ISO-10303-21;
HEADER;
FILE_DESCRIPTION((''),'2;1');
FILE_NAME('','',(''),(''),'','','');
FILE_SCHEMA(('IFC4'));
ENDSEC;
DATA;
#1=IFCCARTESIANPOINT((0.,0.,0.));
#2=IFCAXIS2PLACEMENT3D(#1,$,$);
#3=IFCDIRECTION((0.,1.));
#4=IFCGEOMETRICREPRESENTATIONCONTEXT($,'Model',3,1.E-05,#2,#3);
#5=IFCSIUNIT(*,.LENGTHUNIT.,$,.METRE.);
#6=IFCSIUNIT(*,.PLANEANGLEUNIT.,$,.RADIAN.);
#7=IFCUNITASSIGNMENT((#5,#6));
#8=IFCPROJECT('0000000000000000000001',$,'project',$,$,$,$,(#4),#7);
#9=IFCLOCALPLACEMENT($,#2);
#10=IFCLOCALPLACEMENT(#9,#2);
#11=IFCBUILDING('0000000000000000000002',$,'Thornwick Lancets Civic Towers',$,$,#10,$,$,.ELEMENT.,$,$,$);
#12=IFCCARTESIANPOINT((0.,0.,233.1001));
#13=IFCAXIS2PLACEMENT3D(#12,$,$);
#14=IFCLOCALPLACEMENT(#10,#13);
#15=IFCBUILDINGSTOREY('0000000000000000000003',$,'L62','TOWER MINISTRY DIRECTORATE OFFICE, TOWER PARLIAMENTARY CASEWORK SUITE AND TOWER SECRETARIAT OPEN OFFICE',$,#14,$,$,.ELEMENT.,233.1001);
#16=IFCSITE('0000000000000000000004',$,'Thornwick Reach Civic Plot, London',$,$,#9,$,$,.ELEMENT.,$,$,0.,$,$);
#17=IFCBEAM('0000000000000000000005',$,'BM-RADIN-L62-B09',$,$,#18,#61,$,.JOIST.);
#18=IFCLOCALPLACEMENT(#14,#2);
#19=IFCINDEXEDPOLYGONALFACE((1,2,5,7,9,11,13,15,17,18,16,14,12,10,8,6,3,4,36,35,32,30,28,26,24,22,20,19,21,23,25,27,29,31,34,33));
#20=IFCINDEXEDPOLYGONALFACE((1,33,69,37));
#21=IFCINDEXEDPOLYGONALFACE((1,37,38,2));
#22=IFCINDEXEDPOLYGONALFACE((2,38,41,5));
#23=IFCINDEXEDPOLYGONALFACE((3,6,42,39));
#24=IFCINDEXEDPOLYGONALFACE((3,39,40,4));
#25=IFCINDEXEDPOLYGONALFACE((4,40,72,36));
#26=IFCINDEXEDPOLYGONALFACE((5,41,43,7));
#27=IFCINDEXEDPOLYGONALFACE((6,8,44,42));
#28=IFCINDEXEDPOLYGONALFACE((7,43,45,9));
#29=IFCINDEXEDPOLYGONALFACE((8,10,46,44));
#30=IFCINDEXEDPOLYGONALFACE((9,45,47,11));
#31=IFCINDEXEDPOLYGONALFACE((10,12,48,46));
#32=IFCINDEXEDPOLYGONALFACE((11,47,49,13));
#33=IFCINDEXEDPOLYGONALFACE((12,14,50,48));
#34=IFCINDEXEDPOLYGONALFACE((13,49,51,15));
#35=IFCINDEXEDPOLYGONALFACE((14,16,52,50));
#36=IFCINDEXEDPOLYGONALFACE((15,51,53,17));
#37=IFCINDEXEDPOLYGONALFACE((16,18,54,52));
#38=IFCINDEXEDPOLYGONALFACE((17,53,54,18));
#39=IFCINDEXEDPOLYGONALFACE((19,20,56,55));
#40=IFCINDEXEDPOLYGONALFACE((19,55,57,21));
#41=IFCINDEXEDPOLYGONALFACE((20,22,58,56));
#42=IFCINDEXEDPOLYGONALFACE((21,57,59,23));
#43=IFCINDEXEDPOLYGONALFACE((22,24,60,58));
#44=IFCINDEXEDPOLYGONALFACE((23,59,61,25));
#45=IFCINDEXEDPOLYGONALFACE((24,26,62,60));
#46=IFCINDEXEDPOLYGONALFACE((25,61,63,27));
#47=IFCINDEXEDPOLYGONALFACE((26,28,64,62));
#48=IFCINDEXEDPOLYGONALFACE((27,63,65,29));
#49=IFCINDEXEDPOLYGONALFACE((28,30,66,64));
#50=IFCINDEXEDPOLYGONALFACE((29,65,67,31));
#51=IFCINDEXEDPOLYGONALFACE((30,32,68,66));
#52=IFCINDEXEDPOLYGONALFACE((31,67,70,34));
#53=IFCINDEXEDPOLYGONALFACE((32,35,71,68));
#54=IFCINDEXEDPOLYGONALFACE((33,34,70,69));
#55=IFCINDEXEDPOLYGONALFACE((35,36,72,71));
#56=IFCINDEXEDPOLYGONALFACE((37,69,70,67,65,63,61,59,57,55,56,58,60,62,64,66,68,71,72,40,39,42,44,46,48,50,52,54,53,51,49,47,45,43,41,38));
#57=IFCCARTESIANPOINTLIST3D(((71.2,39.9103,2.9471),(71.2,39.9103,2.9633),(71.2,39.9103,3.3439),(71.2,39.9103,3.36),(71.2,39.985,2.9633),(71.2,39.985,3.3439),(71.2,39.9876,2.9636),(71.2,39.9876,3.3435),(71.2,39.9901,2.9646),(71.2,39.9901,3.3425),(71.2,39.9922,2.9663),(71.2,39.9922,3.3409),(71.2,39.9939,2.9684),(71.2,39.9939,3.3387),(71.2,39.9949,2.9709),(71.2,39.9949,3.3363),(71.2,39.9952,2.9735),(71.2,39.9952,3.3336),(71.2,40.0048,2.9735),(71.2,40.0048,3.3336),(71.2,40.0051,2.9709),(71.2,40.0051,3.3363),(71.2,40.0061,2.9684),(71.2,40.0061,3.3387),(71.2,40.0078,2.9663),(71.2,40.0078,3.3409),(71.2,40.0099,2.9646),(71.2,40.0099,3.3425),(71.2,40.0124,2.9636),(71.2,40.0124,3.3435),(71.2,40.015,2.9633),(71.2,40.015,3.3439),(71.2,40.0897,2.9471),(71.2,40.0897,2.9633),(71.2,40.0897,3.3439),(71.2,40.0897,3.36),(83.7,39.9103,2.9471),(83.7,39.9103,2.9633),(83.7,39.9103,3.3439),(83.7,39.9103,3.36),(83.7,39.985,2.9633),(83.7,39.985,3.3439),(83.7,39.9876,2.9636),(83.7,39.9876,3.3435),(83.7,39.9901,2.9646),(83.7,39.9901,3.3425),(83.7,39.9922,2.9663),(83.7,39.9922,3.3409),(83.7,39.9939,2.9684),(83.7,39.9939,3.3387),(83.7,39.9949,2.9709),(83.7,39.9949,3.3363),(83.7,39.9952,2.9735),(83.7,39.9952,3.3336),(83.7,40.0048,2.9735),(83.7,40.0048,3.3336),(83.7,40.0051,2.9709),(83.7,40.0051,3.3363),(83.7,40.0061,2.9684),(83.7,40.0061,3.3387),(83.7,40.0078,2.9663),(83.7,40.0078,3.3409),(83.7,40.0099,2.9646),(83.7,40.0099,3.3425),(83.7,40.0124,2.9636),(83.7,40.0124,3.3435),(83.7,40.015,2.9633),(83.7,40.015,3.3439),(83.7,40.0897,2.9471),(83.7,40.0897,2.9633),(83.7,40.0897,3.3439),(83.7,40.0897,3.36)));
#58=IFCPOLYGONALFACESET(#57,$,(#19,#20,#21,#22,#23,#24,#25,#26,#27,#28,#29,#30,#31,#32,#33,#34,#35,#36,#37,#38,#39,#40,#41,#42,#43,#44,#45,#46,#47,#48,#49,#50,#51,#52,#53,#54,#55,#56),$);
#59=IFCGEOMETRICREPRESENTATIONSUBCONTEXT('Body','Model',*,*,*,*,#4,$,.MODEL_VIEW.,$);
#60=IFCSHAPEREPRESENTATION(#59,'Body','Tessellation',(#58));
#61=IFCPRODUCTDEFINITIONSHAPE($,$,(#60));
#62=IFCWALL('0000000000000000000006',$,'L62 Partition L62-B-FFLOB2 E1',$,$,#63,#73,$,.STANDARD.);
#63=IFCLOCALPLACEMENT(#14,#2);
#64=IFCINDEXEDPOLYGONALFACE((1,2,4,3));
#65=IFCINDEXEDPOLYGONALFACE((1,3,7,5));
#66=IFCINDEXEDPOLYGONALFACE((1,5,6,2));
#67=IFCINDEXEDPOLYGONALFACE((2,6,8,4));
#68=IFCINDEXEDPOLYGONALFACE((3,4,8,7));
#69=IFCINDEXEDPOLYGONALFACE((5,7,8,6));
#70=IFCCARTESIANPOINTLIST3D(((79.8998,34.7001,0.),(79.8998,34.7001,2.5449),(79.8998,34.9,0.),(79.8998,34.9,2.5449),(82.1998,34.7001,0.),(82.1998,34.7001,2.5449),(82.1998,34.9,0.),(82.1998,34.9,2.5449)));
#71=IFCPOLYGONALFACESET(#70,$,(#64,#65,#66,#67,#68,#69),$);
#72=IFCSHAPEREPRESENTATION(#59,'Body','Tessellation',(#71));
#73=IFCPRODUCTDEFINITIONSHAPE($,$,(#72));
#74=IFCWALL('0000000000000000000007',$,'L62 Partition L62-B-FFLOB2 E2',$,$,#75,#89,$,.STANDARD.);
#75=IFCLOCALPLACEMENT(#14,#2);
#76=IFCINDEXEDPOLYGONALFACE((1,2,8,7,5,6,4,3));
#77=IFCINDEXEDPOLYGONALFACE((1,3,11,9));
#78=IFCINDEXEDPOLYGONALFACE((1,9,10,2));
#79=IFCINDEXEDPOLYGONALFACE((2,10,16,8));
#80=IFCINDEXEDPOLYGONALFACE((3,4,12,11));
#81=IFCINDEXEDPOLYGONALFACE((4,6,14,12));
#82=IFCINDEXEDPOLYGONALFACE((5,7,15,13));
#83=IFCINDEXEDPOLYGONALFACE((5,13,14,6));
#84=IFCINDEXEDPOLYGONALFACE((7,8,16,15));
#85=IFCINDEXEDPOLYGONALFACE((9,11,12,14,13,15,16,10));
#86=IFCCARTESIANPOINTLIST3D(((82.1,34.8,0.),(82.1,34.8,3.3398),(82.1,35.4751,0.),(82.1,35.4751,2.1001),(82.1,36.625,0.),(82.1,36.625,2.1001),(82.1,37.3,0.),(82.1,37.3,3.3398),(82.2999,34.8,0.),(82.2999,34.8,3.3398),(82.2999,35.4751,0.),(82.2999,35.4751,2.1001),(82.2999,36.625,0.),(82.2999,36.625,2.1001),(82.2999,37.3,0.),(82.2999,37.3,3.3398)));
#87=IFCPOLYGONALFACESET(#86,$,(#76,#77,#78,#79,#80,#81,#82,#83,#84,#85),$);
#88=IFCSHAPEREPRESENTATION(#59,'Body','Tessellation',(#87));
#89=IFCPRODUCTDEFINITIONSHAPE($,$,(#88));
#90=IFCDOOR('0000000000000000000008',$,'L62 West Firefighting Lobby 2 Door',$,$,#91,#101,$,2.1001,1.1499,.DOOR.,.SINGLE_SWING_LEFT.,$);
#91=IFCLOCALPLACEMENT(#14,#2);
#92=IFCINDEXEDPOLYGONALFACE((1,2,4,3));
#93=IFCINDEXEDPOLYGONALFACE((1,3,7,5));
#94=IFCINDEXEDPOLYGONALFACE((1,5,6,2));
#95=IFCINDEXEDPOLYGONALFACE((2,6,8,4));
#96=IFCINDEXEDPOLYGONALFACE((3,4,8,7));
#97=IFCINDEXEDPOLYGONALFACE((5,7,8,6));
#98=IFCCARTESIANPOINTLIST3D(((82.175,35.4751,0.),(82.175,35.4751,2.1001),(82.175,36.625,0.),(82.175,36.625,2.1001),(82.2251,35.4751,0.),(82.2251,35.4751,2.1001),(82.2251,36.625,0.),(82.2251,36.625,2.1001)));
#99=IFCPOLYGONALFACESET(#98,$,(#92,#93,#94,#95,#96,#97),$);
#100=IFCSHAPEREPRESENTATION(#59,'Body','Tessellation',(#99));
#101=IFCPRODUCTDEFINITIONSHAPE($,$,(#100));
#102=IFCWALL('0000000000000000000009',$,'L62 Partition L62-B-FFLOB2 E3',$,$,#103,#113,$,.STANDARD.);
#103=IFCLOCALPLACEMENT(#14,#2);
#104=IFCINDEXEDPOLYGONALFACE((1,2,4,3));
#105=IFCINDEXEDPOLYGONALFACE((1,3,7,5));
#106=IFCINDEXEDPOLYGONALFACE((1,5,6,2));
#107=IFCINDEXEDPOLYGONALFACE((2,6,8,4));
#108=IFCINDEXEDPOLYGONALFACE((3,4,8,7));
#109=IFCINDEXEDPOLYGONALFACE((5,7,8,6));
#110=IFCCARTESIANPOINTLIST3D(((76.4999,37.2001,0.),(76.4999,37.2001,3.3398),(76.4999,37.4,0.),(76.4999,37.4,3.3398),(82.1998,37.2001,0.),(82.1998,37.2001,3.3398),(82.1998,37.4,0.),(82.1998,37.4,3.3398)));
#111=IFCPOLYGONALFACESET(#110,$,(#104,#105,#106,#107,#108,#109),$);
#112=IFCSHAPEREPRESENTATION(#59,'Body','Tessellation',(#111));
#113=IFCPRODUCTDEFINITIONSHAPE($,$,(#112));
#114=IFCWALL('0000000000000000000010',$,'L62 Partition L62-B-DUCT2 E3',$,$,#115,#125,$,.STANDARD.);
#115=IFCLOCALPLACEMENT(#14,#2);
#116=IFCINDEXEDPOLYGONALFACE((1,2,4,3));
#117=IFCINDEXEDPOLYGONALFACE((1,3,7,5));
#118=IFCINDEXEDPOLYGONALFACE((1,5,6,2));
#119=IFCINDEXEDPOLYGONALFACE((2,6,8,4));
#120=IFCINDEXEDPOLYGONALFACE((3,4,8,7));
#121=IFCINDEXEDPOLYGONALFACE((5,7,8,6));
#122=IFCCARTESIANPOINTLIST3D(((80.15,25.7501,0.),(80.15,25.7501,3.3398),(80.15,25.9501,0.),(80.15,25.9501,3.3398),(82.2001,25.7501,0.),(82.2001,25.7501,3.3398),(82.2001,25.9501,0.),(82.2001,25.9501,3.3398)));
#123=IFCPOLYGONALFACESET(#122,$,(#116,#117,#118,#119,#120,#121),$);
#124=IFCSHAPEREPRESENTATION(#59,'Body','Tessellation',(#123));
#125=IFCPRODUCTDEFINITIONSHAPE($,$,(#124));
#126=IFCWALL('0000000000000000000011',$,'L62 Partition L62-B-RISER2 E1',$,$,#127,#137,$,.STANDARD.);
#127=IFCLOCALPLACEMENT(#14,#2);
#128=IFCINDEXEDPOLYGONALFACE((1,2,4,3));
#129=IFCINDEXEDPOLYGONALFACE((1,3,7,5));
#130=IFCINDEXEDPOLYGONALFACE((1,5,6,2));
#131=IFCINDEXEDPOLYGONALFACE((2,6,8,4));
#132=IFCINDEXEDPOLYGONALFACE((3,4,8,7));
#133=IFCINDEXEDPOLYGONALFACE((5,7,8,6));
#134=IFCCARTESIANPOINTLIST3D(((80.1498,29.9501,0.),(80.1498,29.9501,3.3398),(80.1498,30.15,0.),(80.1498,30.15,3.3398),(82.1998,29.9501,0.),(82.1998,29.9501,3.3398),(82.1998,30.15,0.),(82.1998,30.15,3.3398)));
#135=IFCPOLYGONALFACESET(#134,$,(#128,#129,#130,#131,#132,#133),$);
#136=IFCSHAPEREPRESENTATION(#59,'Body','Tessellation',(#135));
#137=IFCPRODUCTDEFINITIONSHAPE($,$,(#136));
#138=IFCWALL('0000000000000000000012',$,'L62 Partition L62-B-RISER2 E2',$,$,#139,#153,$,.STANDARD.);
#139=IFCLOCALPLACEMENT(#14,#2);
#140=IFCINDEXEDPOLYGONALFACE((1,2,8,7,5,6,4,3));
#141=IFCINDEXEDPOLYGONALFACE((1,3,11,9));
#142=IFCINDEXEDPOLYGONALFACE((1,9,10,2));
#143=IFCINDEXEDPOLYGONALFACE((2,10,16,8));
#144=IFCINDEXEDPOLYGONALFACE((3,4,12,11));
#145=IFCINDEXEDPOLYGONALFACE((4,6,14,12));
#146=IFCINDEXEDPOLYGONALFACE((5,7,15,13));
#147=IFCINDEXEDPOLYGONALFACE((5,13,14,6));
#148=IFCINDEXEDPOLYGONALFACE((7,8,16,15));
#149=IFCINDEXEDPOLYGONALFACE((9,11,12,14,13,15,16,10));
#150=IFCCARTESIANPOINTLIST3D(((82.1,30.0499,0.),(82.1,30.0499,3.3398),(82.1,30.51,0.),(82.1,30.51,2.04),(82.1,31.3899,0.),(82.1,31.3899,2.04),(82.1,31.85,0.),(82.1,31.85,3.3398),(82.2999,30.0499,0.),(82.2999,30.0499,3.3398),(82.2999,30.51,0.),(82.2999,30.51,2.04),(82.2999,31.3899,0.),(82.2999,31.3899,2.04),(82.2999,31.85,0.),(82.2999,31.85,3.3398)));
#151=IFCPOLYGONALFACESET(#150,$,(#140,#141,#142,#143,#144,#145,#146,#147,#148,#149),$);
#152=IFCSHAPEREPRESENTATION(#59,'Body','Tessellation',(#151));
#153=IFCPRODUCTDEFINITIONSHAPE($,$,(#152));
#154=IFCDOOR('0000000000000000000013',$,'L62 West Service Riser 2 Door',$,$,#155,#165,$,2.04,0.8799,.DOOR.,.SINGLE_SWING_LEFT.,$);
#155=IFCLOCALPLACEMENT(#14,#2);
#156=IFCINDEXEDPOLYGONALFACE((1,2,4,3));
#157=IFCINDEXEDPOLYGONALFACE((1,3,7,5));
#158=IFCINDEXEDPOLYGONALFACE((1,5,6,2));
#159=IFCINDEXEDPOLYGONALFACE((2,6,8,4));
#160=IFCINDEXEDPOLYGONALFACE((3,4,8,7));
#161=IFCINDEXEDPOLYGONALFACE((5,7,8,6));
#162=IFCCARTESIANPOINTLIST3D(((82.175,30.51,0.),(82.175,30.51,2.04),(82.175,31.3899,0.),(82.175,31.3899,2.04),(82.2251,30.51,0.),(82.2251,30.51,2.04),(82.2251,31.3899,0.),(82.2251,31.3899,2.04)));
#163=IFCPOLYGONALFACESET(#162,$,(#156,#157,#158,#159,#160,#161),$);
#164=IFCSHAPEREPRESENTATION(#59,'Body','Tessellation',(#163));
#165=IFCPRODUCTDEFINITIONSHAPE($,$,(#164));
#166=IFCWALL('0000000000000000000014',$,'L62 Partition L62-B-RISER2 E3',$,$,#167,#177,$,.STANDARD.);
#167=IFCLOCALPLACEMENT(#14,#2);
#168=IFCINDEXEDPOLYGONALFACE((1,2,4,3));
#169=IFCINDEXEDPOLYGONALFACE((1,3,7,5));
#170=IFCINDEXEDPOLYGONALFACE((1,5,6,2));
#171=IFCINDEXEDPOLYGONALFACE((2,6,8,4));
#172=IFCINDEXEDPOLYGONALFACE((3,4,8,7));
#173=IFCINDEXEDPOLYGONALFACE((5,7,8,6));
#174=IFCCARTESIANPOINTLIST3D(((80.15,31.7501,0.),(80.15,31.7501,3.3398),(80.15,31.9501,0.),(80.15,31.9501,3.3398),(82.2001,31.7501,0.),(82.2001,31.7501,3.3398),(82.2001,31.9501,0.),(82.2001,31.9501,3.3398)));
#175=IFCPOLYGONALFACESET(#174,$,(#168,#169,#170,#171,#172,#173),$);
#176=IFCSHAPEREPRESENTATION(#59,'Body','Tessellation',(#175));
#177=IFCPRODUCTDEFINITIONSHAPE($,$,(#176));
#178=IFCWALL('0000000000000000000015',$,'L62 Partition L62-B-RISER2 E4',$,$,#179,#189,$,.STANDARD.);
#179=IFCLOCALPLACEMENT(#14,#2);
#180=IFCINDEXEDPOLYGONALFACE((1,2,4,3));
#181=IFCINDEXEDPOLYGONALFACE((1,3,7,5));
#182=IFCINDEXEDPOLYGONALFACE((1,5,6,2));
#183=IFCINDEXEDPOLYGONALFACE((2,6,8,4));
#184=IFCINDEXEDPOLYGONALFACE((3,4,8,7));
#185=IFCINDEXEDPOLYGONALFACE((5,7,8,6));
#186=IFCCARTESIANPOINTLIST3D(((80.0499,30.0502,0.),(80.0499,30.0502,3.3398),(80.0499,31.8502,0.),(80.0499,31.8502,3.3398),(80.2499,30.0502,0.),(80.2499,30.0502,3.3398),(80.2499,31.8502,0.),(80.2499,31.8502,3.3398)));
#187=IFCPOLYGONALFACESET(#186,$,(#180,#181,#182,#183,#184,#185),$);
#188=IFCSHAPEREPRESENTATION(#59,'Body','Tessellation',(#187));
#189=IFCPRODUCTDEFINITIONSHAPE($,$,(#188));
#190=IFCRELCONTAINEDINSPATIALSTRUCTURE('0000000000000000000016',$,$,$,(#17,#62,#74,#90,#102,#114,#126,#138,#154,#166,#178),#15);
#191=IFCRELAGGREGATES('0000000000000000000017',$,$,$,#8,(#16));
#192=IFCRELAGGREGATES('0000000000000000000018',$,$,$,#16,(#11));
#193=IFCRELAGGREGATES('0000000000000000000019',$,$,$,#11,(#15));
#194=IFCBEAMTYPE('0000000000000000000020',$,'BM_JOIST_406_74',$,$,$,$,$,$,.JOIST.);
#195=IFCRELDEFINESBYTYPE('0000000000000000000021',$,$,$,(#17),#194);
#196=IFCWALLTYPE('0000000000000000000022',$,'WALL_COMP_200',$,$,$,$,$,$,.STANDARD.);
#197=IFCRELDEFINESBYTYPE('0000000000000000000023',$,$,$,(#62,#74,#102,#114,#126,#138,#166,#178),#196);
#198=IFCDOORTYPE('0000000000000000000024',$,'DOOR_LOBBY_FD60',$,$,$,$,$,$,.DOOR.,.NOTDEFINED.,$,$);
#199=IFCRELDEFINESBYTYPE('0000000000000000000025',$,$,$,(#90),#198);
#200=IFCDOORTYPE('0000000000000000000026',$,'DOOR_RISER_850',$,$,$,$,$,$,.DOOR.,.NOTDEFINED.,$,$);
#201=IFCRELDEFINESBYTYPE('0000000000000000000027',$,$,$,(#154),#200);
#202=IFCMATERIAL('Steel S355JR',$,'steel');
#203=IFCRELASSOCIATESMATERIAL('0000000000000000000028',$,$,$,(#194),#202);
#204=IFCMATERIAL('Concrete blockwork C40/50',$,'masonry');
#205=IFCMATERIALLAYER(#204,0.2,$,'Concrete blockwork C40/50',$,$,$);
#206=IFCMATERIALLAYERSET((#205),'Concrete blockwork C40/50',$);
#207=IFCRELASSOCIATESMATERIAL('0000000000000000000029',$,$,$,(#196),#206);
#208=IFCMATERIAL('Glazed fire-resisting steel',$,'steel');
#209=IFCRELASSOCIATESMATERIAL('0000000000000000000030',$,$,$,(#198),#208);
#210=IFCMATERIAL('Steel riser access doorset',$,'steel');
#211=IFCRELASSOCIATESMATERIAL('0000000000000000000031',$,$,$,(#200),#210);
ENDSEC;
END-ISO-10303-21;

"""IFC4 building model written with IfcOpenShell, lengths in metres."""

from ifc_helpers import new_model, si_unit, direction, frame, frame_2d, origin, origin_2d, place, context, subcontext, project, spatial, rectangle, i_section, extrude, material, layer, layer_set, material_profile, profile_set, type_object, element, fill, save


model = new_model("IFC4")

# Units and contexts
model_context = context("Model", 3, precision=1e-05, world=origin(), true_north=direction((0.0, 1.0)))
body_context = subcontext(model_context, "Body", "Model", "MODEL_VIEW")
ifc_project = project(units=[si_unit("LENGTHUNIT", "METRE"), si_unit("PLANEANGLEUNIT", "RADIAN")], contexts=[model_context])

# Site, building, storey
site_placement = place(None, origin())
site = spatial("IfcSite", under=ifc_project, at=site_placement, Name="Thornwick Reach Civic Plot, London", CompositionType="ELEMENT", RefElevation=0.0)
building_placement = place(site_placement, origin())
building = spatial("IfcBuilding", under=site, at=building_placement, Name="Thornwick Lancets Civic Towers", CompositionType="ELEMENT")
storey_placement = place(building_placement, frame((0.0, 0.0, 233.1001)))
storey = spatial("IfcBuildingStorey", under=building, at=storey_placement, Name="L62", Description="TOWER MINISTRY DIRECTORATE OFFICE, TOWER PARLIAMENTARY CASEWORK SUITE AND TOWER SECRETARIAT OPEN OFFICE", CompositionType="ELEMENT", Elevation=233.1001)

# Beam
ifc_material_1 = material(Name="Steel S355JR", Category="steel")
ifc_material_profile_1 = material_profile(ifc_material_1, i_section(OverallWidth=0.1794, OverallDepth=0.4128, WebThickness=0.0095, FlangeThickness=0.0161, FilletRadius=0.0103, at=origin_2d()), Name="UKB 406x178x74")
ifc_profile_set_1 = profile_set([ifc_material_profile_1], Name="Steel S355JR")
beam_type_1 = type_object("IfcBeamType", Name="BM_JOIST_406_74", PredefinedType="JOIST", material=ifc_profile_set_1)
beam_1_placement = place(storey_placement, frame((83.7, 40.0, 3.1536), z_axis=(-1.0, 0.0, 0.0), x_axis=(0.0, -1.0, 0.0)))
element("IfcBeam", 1, at=beam_1_placement, inside=storey, type_object=beam_type_1, Name="BM-RADIN-L62-B09", PredefinedType="JOIST", context=body_context, shape_type="SweptSolid", body=[
    extrude(i_section(OverallWidth=0.1794, OverallDepth=0.4128, WebThickness=0.0095, FlangeThickness=0.0161, FilletRadius=0.0103, at=origin_2d()), origin(), (0.0, 0.0, 1.0), 12.5),
])

# Wall
ifc_material_2 = material(Name="Concrete blockwork C40/50", Category="masonry")
ifc_layer_1 = layer(ifc_material_2, 0.2, Name="Concrete blockwork C40/50")
ifc_layer_set_1 = layer_set([ifc_layer_1], Name="Concrete blockwork C40/50")
wall_type_1 = type_object("IfcWallType", Name="WALL_COMP_200", PredefinedType="STANDARD", material=ifc_layer_set_1)
wall_1_placement = place(storey_placement, frame((79.8999, 34.8, 0.0), z_axis=(0.0, 0.0, 1.0), x_axis=(1.0, 0.0, 0.0)))
element("IfcWall", 2, at=wall_1_placement, inside=storey, type_object=wall_type_1, Name="L62 Partition L62-B-FFLOB2 E1", PredefinedType="STANDARD", context=body_context, shape_type="SweptSolid", body=[
    extrude(rectangle(XDim=2.3, YDim=0.2, at=frame_2d((1.1499, 0.0))), origin(), (0.0, 0.0, 1.0), 2.5449),
])

# Wall, opening, door
wall_2_placement = place(storey_placement, frame((82.2, 34.8, 0.0), z_axis=(0.0, 0.0, 1.0), x_axis=(0.0, 1.0, 0.0)))
wall_2 = element("IfcWall", 3, at=wall_2_placement, inside=storey, type_object=wall_type_1, Name="L62 Partition L62-B-FFLOB2 E2", PredefinedType="STANDARD", context=body_context, shape_type="SweptSolid", body=[
    extrude(rectangle(XDim=2.5, YDim=0.2, at=frame_2d((1.25, 0.0))), origin(), (0.0, 0.0, 1.0), 3.3398),
])
opening_1_placement = place(wall_2_placement, frame((0.675, 0.0, 0.0)))
opening_1 = element("IfcOpeningElement", 4, at=opening_1_placement, cuts=wall_2, PredefinedType="OPENING", context=body_context, shape_type="SweptSolid", body=[
    extrude(rectangle(XDim=1.1499, YDim=2.1001, at=frame_2d((0.575, 1.05))), frame((0.0, 0.1099, 0.0), z_axis=(0.0, -1.0, 0.0), x_axis=(1.0, 0.0, 0.0)), (0.0, 0.0, 1.0), 0.22),
])
ifc_material_3 = material(Name="Glazed fire-resisting steel", Category="steel")
door_type_1 = type_object("IfcDoorType", Name="DOOR_LOBBY_FD60", OperationType="NOTDEFINED", PredefinedType="DOOR", material=ifc_material_3)
door_1_placement = place(opening_1_placement, origin())
door_1 = element("IfcDoor", 5, at=door_1_placement, inside=storey, type_object=door_type_1, Name="L62 West Firefighting Lobby 2 Door", OperationType="SINGLE_SWING_LEFT", OverallHeight=2.1001, OverallWidth=1.1499, PredefinedType="DOOR", context=body_context, shape_type="SweptSolid", body=[
    extrude(rectangle(XDim=1.1499, YDim=2.1001, at=frame_2d((0.575, 1.05))), frame((0.0, 0.0249, 0.0), z_axis=(0.0, -1.0, 0.0), x_axis=(1.0, 0.0, 0.0)), (0.0, 0.0, 1.0), 0.05),
])
fill(opening_1, door_1)

# Walls
wall_3_placement = place(storey_placement, frame((82.2, 37.3, 0.0), z_axis=(0.0, 0.0, 1.0), x_axis=(-1.0, 0.0, 0.0)))
element("IfcWall", 6, at=wall_3_placement, inside=storey, type_object=wall_type_1, Name="L62 Partition L62-B-FFLOB2 E3", PredefinedType="STANDARD", context=body_context, shape_type="SweptSolid", body=[
    extrude(rectangle(XDim=5.7, YDim=0.2, at=frame_2d((2.8501, 0.0))), origin(), (0.0, 0.0, 1.0), 3.3398),
])
for number, where, z_axis, x_axis, name in (
    (7, (82.2, 25.8501, 0.0), (0.0, 0.0, 1.0), (-1.0, 0.0, 0.0), "L62 Partition L62-B-DUCT2 E3"),
    (8, (80.1499, 30.05, 0.0), (0.0, 0.0, 1.0), (1.0, 0.0, 0.0), "L62 Partition L62-B-RISER2 E1"),
):
    element("IfcWall", number, at=place(storey_placement, frame(where, z_axis=z_axis, x_axis=x_axis)), inside=storey, type_object=wall_type_1, Name=name, PredefinedType="STANDARD", context=body_context, shape_type="SweptSolid", body=[
        extrude(rectangle(XDim=2.05, YDim=0.2, at=frame_2d((1.0249, 0.0))), origin(), (0.0, 0.0, 1.0), 3.3398),
    ])

# Wall, opening, door
wall_4_placement = place(storey_placement, frame((82.2, 30.05, 0.0), z_axis=(0.0, 0.0, 1.0), x_axis=(0.0, 1.0, 0.0)))
wall_4 = element("IfcWall", 9, at=wall_4_placement, inside=storey, type_object=wall_type_1, Name="L62 Partition L62-B-RISER2 E2", PredefinedType="STANDARD", context=body_context, shape_type="SweptSolid", body=[
    extrude(rectangle(XDim=1.8, YDim=0.2, at=frame_2d((0.8999, 0.0))), origin(), (0.0, 0.0, 1.0), 3.3398),
])
opening_2_placement = place(wall_4_placement, frame((0.46, 0.0, 0.0)))
opening_2 = element("IfcOpeningElement", 10, at=opening_2_placement, cuts=wall_4, PredefinedType="OPENING", context=body_context, shape_type="SweptSolid", body=[
    extrude(rectangle(XDim=0.8799, YDim=2.04, at=frame_2d((0.4399, 1.02))), frame((0.0, 0.1099, 0.0), z_axis=(0.0, -1.0, 0.0), x_axis=(1.0, 0.0, 0.0)), (0.0, 0.0, 1.0), 0.22),
])
ifc_material_4 = material(Name="Steel riser access doorset", Category="steel")
door_type_2 = type_object("IfcDoorType", Name="DOOR_RISER_850", OperationType="NOTDEFINED", PredefinedType="DOOR", material=ifc_material_4)
door_2_placement = place(opening_2_placement, origin())
door_2 = element("IfcDoor", 11, at=door_2_placement, inside=storey, type_object=door_type_2, Name="L62 West Service Riser 2 Door", OperationType="SINGLE_SWING_LEFT", OverallHeight=2.04, OverallWidth=0.8799, PredefinedType="DOOR", context=body_context, shape_type="SweptSolid", body=[
    extrude(rectangle(XDim=0.8799, YDim=2.04, at=frame_2d((0.4399, 1.02))), frame((0.0, 0.0249, 0.0), z_axis=(0.0, -1.0, 0.0), x_axis=(1.0, 0.0, 0.0)), (0.0, 0.0, 1.0), 0.05),
])
fill(opening_2, door_2)

# Walls
wall_5_placement = place(storey_placement, frame((82.2, 31.8501, 0.0), z_axis=(0.0, 0.0, 1.0), x_axis=(-1.0, 0.0, 0.0)))
element("IfcWall", 12, at=wall_5_placement, inside=storey, type_object=wall_type_1, Name="L62 Partition L62-B-RISER2 E3", PredefinedType="STANDARD", context=body_context, shape_type="SweptSolid", body=[
    extrude(rectangle(XDim=2.05, YDim=0.2, at=frame_2d((1.0249, 0.0))), origin(), (0.0, 0.0, 1.0), 3.3398),
])
wall_6_placement = place(storey_placement, frame((80.1499, 31.8501, 0.0), z_axis=(0.0, 0.0, 1.0), x_axis=(0.0, -1.0, 0.0)))
element("IfcWall", 13, at=wall_6_placement, inside=storey, type_object=wall_type_1, Name="L62 Partition L62-B-RISER2 E4", PredefinedType="STANDARD", context=body_context, shape_type="SweptSolid", body=[
    extrude(rectangle(XDim=1.8, YDim=0.2, at=frame_2d((0.8999, 0.0))), origin(), (0.0, 0.0, 1.0), 3.3398),
])

save(model, "model.ifc")
